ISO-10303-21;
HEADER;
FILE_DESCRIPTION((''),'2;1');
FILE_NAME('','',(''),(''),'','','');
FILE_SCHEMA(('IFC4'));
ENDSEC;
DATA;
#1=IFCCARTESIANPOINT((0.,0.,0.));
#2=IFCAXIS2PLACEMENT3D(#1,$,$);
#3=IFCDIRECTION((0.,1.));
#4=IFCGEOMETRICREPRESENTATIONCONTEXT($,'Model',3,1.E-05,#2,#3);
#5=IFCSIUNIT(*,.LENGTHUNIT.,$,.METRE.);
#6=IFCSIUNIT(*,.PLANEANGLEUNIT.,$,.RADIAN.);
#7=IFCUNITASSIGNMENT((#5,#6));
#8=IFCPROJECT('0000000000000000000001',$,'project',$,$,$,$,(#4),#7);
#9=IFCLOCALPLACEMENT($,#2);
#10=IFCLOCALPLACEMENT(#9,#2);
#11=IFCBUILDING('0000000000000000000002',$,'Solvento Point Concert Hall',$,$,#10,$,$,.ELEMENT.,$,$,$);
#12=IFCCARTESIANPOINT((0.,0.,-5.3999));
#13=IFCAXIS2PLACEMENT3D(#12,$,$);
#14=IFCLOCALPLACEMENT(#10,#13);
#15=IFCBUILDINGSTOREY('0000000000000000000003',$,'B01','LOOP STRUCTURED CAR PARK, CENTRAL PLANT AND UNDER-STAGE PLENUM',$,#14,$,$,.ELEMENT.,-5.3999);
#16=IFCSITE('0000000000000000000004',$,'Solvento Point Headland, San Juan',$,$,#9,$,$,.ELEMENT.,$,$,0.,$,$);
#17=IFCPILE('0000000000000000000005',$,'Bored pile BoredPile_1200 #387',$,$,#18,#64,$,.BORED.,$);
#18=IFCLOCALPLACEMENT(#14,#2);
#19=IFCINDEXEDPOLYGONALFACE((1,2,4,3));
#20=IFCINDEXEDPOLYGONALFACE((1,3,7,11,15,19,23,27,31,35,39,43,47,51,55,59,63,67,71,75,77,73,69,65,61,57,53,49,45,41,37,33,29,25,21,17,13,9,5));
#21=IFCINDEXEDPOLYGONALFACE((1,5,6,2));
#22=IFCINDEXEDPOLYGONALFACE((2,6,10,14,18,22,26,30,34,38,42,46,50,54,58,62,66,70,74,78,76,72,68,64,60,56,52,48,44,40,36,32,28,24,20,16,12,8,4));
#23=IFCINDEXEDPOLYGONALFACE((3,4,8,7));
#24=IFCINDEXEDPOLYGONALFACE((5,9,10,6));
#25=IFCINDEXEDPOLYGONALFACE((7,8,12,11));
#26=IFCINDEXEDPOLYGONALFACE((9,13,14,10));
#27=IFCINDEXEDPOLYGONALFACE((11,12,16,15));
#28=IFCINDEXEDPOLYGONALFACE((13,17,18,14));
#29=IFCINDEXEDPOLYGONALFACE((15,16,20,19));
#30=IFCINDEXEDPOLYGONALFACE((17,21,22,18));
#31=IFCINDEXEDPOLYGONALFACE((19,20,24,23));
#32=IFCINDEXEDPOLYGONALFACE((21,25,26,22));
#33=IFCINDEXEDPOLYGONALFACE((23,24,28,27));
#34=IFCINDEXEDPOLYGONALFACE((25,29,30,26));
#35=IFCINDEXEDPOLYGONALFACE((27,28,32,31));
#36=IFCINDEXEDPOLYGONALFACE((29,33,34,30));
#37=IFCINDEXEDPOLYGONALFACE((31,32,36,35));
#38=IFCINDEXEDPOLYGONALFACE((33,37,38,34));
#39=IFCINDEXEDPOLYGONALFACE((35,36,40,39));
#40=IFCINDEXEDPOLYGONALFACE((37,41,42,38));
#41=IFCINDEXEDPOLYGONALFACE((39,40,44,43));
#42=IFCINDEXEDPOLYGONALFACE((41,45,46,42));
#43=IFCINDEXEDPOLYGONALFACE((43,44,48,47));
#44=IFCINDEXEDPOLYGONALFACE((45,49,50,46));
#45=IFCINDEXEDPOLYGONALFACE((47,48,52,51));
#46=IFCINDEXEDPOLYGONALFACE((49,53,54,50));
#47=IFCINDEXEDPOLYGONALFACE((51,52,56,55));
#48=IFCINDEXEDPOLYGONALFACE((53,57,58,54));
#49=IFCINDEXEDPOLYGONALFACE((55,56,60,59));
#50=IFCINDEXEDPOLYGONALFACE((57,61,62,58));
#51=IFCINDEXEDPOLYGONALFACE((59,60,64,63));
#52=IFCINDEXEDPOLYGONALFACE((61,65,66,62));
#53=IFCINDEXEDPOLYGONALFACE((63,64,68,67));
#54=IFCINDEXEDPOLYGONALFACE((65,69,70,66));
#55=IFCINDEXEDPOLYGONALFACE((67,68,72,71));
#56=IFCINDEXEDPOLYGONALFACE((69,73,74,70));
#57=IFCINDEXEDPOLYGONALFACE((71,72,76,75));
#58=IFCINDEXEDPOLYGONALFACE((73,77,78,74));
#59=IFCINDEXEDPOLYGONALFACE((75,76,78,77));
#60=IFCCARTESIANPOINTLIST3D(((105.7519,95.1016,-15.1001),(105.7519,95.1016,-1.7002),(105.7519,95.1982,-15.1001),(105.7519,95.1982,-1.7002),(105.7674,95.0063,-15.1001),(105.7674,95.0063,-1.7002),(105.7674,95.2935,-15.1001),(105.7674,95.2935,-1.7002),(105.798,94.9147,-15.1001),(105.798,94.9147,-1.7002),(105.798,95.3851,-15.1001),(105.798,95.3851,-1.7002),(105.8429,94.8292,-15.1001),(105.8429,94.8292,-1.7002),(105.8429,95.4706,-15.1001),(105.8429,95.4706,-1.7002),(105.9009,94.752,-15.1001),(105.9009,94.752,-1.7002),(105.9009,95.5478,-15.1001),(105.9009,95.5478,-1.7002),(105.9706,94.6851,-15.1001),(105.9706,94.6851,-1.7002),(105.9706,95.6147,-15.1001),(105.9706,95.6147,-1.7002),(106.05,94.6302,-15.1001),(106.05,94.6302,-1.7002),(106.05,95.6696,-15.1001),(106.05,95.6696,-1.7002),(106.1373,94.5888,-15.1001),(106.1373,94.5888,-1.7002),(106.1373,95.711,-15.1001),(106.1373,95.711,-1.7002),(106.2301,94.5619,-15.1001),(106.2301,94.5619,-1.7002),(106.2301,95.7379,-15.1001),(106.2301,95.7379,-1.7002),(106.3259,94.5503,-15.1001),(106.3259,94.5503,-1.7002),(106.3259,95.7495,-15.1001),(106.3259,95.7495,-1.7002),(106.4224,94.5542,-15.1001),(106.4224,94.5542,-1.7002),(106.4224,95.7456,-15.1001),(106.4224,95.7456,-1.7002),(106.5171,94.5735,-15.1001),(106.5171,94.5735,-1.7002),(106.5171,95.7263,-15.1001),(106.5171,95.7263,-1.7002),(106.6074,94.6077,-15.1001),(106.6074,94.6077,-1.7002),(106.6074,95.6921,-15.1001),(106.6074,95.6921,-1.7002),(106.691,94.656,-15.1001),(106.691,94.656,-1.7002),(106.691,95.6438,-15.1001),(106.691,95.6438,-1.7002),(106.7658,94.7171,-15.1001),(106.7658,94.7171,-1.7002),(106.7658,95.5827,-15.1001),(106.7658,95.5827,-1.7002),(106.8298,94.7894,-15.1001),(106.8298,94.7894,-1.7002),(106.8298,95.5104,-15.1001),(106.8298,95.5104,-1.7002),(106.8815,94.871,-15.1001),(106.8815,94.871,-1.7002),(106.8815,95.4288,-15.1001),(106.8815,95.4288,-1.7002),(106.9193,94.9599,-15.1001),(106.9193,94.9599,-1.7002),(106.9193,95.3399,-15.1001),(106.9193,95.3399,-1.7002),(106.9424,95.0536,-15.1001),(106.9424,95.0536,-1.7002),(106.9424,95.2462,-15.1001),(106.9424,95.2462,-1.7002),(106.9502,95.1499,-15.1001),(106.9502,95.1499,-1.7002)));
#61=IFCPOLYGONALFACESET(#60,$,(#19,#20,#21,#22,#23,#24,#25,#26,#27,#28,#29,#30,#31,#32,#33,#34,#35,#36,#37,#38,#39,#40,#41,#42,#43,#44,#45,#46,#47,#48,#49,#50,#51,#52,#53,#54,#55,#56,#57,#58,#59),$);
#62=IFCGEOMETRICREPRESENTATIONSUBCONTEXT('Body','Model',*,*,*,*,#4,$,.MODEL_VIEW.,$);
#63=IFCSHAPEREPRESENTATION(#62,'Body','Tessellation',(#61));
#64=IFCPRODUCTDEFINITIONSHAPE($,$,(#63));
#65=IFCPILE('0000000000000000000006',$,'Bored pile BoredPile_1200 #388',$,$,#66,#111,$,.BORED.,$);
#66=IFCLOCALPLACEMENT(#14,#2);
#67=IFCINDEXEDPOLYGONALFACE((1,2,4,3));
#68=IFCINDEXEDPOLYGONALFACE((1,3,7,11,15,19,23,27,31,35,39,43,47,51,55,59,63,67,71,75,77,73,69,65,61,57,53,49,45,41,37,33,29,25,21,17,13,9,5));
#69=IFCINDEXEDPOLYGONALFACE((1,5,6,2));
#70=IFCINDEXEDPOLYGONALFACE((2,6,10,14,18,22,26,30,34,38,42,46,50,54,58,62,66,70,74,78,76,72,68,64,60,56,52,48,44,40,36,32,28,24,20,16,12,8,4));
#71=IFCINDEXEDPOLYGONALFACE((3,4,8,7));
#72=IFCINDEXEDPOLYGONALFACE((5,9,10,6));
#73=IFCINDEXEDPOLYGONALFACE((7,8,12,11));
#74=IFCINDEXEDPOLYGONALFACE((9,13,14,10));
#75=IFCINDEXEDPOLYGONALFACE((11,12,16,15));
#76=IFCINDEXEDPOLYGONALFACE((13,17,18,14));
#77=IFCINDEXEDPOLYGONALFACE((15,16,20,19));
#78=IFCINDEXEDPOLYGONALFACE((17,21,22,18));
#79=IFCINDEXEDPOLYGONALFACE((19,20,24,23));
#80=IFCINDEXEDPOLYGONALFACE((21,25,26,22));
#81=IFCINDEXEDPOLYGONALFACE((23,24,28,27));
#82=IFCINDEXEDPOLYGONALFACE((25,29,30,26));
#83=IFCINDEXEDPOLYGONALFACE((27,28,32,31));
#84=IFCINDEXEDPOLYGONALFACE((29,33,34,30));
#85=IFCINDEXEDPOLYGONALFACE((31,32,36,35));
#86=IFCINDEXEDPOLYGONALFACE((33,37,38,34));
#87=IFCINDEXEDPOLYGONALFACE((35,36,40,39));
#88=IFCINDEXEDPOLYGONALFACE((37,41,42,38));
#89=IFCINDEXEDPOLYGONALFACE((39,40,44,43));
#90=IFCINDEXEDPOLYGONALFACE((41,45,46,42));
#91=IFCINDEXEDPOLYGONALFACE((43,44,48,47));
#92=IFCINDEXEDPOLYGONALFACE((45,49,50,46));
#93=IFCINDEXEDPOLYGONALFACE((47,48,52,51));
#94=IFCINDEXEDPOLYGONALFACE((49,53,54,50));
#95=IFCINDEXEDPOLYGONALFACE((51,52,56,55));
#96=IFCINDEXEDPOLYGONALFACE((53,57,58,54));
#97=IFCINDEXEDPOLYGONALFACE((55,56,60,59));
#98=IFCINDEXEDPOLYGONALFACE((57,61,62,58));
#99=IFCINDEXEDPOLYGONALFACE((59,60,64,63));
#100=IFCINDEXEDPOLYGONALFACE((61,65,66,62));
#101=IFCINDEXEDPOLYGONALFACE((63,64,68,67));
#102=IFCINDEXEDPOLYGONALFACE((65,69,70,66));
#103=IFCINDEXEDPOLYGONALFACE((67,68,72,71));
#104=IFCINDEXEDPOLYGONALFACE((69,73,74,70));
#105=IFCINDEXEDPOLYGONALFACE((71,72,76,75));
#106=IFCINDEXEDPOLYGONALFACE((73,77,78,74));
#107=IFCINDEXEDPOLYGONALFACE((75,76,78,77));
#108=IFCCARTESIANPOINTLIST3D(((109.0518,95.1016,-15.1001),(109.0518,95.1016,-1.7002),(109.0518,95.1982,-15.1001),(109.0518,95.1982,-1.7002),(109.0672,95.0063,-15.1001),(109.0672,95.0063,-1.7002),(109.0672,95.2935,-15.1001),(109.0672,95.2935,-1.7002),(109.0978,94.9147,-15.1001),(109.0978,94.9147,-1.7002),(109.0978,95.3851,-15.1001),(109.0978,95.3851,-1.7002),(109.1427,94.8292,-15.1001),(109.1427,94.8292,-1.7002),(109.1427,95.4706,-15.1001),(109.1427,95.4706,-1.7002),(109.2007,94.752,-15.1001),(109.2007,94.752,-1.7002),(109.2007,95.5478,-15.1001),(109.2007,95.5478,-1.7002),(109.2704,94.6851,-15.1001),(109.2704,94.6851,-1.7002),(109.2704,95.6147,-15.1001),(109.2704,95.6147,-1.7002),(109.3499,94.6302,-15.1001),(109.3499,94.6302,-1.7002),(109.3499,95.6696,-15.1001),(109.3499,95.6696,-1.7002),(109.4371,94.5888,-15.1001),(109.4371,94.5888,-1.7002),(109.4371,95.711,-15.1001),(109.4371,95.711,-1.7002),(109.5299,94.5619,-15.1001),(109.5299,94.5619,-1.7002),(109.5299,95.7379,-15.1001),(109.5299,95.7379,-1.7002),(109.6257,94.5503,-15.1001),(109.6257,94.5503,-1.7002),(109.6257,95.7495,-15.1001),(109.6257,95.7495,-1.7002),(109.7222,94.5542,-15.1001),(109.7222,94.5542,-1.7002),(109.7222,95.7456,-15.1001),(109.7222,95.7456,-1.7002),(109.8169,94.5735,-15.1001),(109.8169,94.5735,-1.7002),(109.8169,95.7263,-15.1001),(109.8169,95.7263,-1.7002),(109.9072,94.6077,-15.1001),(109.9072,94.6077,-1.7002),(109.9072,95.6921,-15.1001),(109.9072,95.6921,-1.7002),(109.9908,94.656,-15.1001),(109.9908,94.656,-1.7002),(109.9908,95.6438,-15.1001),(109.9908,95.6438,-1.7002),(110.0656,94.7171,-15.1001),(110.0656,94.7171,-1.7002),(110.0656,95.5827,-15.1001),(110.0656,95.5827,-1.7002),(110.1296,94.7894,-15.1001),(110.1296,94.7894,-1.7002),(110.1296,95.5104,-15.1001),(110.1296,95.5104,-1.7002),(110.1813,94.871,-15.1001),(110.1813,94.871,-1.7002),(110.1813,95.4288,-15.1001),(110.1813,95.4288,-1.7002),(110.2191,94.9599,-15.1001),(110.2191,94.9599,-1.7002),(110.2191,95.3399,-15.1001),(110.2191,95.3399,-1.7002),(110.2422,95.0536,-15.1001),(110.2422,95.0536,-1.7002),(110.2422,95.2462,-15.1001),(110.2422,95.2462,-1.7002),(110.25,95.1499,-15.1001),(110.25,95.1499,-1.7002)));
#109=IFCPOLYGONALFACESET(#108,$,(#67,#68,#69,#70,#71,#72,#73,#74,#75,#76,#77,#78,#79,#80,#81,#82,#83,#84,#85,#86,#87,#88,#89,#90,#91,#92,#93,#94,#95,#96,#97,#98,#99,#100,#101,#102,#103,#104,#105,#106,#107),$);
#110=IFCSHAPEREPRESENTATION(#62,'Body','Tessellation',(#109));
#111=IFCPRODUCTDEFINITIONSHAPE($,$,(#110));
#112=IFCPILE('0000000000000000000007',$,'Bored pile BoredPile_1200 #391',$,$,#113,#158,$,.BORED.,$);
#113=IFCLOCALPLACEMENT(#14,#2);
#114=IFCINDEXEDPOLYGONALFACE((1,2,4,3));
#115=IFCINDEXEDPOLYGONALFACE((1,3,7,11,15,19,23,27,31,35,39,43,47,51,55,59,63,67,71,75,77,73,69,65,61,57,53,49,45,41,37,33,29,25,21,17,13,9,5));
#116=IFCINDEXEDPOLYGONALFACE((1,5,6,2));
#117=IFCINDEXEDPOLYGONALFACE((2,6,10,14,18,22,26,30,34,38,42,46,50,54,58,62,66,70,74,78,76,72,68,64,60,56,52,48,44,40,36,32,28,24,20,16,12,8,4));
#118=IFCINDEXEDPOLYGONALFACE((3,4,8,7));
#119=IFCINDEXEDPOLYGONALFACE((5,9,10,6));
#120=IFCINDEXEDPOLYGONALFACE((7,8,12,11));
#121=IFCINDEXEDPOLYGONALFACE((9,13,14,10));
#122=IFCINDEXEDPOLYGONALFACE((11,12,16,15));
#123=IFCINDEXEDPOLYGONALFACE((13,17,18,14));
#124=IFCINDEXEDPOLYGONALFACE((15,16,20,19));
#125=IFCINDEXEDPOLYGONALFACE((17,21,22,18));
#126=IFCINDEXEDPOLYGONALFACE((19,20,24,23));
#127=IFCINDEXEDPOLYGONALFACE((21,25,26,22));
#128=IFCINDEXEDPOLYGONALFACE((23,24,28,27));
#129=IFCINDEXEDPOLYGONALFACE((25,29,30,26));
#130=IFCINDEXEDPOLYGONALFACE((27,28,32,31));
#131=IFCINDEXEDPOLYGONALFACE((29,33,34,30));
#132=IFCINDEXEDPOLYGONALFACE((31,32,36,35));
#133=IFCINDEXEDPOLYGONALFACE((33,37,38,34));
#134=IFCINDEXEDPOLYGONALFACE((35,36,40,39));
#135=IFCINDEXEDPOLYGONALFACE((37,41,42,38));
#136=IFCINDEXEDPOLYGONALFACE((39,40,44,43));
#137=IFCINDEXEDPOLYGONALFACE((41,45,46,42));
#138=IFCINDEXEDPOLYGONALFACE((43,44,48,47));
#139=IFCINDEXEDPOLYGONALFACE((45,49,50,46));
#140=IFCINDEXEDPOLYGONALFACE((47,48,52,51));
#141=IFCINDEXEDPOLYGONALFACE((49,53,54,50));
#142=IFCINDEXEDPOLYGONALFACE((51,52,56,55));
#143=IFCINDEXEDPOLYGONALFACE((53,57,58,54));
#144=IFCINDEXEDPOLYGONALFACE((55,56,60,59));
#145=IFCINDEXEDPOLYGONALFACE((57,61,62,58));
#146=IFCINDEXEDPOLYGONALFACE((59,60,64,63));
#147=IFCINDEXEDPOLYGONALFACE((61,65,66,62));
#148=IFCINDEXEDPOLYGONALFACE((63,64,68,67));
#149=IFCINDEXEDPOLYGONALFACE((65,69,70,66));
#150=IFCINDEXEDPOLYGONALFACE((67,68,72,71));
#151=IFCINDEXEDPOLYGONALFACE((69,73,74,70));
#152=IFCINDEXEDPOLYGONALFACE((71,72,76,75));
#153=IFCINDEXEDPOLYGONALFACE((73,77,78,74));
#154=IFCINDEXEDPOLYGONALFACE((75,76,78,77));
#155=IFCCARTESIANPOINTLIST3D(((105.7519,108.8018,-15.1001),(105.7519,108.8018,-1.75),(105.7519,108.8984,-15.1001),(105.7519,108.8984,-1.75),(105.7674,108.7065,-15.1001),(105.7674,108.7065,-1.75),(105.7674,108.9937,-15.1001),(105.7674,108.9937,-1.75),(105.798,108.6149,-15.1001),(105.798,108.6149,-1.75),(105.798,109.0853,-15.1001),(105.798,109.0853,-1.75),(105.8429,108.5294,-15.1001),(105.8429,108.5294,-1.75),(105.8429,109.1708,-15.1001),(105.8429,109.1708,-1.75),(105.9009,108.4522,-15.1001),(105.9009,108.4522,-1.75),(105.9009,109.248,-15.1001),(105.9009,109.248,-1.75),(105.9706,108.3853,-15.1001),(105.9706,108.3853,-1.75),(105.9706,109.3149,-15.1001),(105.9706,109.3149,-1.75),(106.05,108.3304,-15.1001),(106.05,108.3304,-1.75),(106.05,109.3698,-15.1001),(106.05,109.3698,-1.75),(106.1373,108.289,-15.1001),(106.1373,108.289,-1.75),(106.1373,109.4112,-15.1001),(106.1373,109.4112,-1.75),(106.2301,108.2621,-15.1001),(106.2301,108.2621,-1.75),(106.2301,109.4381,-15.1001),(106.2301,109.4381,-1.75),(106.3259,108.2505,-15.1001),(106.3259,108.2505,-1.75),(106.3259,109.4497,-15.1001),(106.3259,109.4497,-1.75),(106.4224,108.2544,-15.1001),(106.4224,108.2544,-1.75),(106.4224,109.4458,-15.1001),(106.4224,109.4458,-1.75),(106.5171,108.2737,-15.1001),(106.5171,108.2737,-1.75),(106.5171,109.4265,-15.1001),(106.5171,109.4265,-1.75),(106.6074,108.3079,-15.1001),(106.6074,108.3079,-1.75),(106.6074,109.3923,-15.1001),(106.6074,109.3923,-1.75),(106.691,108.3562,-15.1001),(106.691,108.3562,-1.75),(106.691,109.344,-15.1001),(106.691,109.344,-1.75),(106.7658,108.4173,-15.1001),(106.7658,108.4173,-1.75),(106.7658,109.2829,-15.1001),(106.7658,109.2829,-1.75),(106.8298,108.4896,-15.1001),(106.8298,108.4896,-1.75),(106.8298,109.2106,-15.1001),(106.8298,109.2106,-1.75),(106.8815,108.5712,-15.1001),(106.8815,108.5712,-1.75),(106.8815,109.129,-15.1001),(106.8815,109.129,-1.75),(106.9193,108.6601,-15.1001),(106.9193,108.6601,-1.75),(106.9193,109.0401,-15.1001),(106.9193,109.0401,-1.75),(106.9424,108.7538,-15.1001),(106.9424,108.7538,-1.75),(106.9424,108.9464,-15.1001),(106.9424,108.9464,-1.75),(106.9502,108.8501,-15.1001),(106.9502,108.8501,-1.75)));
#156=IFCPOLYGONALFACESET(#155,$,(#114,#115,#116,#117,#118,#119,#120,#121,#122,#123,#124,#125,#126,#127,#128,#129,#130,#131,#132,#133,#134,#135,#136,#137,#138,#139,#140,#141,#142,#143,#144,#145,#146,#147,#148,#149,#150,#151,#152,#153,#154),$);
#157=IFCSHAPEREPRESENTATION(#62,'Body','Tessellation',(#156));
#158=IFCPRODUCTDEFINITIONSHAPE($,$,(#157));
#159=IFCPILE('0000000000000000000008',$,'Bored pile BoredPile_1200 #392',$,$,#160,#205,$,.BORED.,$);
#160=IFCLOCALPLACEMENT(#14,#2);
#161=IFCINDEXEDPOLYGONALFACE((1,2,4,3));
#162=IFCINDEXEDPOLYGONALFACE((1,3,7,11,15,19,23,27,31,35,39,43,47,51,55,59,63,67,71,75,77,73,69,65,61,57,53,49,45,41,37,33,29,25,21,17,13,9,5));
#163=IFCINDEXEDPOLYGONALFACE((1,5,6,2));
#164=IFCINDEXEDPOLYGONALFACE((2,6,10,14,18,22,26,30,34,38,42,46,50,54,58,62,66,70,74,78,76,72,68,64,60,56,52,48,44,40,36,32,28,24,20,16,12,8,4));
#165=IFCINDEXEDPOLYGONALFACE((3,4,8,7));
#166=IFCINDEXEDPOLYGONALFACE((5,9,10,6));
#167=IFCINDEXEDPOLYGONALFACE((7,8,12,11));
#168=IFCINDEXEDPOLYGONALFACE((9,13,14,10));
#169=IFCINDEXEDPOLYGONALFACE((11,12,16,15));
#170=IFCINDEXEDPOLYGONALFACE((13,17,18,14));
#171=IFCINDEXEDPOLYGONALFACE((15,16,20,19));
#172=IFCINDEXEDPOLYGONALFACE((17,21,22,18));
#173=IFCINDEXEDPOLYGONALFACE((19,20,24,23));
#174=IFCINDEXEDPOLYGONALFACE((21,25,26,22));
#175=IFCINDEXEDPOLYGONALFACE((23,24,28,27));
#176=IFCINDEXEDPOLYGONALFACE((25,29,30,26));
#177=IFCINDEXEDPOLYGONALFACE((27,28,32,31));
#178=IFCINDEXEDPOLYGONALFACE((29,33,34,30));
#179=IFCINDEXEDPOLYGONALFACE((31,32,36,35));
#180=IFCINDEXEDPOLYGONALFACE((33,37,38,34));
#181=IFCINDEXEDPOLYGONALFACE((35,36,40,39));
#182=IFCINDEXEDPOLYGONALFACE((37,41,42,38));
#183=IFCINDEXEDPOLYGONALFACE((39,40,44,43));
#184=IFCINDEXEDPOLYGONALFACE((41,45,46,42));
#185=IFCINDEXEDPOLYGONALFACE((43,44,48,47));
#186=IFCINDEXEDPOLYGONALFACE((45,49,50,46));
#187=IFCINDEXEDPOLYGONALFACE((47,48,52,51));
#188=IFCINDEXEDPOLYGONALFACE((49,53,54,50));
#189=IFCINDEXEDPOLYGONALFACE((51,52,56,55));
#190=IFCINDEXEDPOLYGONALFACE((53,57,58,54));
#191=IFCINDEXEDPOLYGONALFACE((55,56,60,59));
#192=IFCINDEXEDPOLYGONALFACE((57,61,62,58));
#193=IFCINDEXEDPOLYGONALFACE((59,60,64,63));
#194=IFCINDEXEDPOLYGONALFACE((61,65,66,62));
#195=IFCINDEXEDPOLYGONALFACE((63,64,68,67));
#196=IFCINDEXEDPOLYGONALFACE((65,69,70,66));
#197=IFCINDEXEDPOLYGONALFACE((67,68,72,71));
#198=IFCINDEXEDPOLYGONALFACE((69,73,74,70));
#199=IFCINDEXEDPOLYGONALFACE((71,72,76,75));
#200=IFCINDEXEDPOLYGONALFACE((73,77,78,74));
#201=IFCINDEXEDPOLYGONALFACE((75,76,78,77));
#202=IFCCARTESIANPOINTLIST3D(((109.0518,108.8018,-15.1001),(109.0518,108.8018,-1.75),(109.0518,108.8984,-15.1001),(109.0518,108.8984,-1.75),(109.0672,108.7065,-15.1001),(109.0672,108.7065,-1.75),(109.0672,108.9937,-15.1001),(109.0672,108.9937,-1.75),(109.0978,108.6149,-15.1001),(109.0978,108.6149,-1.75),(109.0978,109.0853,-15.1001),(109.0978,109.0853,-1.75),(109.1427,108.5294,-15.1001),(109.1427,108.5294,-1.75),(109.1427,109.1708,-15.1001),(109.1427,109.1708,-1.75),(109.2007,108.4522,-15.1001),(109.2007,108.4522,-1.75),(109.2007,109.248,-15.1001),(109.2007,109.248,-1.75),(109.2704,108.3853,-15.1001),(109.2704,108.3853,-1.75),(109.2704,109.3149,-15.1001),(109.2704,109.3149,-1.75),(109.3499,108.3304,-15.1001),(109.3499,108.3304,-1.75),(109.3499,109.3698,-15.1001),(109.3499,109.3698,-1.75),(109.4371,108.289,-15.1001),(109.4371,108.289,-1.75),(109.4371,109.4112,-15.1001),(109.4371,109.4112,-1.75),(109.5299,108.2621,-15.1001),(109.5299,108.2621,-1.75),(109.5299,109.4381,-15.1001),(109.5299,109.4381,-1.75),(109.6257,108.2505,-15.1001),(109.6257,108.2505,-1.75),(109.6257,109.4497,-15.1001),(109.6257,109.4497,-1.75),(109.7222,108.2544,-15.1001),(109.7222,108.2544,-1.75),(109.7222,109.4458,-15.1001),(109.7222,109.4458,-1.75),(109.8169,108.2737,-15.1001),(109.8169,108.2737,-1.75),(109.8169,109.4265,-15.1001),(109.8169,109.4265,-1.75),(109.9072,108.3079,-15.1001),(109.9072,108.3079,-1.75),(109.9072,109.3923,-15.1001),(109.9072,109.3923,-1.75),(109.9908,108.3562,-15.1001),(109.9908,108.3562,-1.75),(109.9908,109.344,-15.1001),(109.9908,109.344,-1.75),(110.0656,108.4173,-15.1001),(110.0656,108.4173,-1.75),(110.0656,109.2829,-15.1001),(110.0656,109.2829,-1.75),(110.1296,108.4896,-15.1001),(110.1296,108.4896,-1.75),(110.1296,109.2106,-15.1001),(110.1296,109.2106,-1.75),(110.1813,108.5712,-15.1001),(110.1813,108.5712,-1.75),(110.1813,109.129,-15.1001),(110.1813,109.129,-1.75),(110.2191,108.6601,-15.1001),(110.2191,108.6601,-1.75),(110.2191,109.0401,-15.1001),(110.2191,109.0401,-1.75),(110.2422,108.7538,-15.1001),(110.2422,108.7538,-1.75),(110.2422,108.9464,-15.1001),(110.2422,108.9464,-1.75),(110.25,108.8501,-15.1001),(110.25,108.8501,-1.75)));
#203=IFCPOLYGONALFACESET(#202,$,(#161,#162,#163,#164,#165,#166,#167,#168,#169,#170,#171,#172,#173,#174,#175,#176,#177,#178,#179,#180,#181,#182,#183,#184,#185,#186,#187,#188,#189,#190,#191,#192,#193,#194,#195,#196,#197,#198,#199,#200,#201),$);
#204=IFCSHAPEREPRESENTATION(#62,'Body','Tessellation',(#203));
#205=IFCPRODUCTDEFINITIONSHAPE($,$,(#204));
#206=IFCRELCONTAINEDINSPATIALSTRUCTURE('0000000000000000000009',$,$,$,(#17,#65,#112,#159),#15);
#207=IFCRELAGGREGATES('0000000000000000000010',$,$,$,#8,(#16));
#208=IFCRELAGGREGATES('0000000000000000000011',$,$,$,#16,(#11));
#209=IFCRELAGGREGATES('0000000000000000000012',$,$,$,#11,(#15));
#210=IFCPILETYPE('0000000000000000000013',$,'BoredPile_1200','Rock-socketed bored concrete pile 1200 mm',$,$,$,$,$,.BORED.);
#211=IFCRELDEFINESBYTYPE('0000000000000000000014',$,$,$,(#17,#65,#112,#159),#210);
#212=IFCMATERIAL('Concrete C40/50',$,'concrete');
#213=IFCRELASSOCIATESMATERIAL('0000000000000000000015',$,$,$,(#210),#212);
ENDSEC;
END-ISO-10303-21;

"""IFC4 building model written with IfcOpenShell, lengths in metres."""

from ifc_helpers import new_model, si_unit, direction, frame, origin, origin_2d, place, context, subcontext, project, spatial, circle, extrude, material, material_profile, profile_set, type_object, element, save


model = new_model("IFC4")

# Units and contexts
model_context = context("Model", 3, precision=1e-05, world=origin(), true_north=direction((0.0, 1.0)))
body_context = subcontext(model_context, "Body", "Model", "MODEL_VIEW")
ifc_project = project(units=[si_unit("LENGTHUNIT", "METRE"), si_unit("PLANEANGLEUNIT", "RADIAN")], contexts=[model_context])

# Site, building, storey
site_placement = place(None, origin())
site = spatial("IfcSite", under=ifc_project, at=site_placement, Name="Solvento Point Headland, San Juan", CompositionType="ELEMENT", RefElevation=0.0)
building_placement = place(site_placement, origin())
building = spatial("IfcBuilding", under=site, at=building_placement, Name="Solvento Point Concert Hall", CompositionType="ELEMENT")
storey_placement = place(building_placement, frame((0.0, 0.0, -5.3999)))
storey = spatial("IfcBuildingStorey", under=building, at=storey_placement, Name="B01", Description="LOOP STRUCTURED CAR PARK, CENTRAL PLANT AND UNDER-STAGE PLENUM", CompositionType="ELEMENT", Elevation=-5.3999)

# Piles
ifc_material_1 = material(Name="Concrete C40/50", Category="concrete")
ifc_material_profile_1 = material_profile(ifc_material_1, circle(Radius=0.6001, at=origin_2d()), Name="BP-1200")
ifc_profile_set_1 = profile_set([ifc_material_profile_1], Name="Concrete C40/50")
pile_type_1 = type_object("IfcPileType", Name="BoredPile_1200", Description="Rock-socketed bored concrete pile 1200 mm", PredefinedType="BORED", material=ifc_profile_set_1)
for number, where, z_axis, x_axis, name in (
    (1, (106.3501, 95.1499, -1.7002), (0.0, 0.0, -1.0), (1.0, 0.0, 0.0), "Bored pile BoredPile_1200 #387"),
    (2, (109.6499, 95.1499, -1.7002), (0.0, 0.0, -1.0), (1.0, 0.0, 0.0), "Bored pile BoredPile_1200 #388"),
):
    element("IfcPile", number, at=place(storey_placement, frame(where, z_axis=z_axis, x_axis=x_axis)), inside=storey, type_object=pile_type_1, Name=name, PredefinedType="BORED", context=body_context, shape_type="SweptSolid", body=[
        extrude(circle(Radius=0.6001, at=origin_2d()), origin(), (0.0, 0.0, 1.0), 13.3999),
    ])
for number, where, z_axis, x_axis, name in (
    (3, (106.3501, 108.8501, -1.75), (0.0, 0.0, -1.0), (1.0, 0.0, 0.0), "Bored pile BoredPile_1200 #391"),
    (4, (109.6499, 108.8501, -1.75), (0.0, 0.0, -1.0), (1.0, 0.0, 0.0), "Bored pile BoredPile_1200 #392"),
):
    element("IfcPile", number, at=place(storey_placement, frame(where, z_axis=z_axis, x_axis=x_axis)), inside=storey, type_object=pile_type_1, Name=name, PredefinedType="BORED", context=body_context, shape_type="SweptSolid", body=[
        extrude(circle(Radius=0.6001, at=origin_2d()), origin(), (0.0, 0.0, 1.0), 13.3501),
    ])

save(model, "model.ifc")
